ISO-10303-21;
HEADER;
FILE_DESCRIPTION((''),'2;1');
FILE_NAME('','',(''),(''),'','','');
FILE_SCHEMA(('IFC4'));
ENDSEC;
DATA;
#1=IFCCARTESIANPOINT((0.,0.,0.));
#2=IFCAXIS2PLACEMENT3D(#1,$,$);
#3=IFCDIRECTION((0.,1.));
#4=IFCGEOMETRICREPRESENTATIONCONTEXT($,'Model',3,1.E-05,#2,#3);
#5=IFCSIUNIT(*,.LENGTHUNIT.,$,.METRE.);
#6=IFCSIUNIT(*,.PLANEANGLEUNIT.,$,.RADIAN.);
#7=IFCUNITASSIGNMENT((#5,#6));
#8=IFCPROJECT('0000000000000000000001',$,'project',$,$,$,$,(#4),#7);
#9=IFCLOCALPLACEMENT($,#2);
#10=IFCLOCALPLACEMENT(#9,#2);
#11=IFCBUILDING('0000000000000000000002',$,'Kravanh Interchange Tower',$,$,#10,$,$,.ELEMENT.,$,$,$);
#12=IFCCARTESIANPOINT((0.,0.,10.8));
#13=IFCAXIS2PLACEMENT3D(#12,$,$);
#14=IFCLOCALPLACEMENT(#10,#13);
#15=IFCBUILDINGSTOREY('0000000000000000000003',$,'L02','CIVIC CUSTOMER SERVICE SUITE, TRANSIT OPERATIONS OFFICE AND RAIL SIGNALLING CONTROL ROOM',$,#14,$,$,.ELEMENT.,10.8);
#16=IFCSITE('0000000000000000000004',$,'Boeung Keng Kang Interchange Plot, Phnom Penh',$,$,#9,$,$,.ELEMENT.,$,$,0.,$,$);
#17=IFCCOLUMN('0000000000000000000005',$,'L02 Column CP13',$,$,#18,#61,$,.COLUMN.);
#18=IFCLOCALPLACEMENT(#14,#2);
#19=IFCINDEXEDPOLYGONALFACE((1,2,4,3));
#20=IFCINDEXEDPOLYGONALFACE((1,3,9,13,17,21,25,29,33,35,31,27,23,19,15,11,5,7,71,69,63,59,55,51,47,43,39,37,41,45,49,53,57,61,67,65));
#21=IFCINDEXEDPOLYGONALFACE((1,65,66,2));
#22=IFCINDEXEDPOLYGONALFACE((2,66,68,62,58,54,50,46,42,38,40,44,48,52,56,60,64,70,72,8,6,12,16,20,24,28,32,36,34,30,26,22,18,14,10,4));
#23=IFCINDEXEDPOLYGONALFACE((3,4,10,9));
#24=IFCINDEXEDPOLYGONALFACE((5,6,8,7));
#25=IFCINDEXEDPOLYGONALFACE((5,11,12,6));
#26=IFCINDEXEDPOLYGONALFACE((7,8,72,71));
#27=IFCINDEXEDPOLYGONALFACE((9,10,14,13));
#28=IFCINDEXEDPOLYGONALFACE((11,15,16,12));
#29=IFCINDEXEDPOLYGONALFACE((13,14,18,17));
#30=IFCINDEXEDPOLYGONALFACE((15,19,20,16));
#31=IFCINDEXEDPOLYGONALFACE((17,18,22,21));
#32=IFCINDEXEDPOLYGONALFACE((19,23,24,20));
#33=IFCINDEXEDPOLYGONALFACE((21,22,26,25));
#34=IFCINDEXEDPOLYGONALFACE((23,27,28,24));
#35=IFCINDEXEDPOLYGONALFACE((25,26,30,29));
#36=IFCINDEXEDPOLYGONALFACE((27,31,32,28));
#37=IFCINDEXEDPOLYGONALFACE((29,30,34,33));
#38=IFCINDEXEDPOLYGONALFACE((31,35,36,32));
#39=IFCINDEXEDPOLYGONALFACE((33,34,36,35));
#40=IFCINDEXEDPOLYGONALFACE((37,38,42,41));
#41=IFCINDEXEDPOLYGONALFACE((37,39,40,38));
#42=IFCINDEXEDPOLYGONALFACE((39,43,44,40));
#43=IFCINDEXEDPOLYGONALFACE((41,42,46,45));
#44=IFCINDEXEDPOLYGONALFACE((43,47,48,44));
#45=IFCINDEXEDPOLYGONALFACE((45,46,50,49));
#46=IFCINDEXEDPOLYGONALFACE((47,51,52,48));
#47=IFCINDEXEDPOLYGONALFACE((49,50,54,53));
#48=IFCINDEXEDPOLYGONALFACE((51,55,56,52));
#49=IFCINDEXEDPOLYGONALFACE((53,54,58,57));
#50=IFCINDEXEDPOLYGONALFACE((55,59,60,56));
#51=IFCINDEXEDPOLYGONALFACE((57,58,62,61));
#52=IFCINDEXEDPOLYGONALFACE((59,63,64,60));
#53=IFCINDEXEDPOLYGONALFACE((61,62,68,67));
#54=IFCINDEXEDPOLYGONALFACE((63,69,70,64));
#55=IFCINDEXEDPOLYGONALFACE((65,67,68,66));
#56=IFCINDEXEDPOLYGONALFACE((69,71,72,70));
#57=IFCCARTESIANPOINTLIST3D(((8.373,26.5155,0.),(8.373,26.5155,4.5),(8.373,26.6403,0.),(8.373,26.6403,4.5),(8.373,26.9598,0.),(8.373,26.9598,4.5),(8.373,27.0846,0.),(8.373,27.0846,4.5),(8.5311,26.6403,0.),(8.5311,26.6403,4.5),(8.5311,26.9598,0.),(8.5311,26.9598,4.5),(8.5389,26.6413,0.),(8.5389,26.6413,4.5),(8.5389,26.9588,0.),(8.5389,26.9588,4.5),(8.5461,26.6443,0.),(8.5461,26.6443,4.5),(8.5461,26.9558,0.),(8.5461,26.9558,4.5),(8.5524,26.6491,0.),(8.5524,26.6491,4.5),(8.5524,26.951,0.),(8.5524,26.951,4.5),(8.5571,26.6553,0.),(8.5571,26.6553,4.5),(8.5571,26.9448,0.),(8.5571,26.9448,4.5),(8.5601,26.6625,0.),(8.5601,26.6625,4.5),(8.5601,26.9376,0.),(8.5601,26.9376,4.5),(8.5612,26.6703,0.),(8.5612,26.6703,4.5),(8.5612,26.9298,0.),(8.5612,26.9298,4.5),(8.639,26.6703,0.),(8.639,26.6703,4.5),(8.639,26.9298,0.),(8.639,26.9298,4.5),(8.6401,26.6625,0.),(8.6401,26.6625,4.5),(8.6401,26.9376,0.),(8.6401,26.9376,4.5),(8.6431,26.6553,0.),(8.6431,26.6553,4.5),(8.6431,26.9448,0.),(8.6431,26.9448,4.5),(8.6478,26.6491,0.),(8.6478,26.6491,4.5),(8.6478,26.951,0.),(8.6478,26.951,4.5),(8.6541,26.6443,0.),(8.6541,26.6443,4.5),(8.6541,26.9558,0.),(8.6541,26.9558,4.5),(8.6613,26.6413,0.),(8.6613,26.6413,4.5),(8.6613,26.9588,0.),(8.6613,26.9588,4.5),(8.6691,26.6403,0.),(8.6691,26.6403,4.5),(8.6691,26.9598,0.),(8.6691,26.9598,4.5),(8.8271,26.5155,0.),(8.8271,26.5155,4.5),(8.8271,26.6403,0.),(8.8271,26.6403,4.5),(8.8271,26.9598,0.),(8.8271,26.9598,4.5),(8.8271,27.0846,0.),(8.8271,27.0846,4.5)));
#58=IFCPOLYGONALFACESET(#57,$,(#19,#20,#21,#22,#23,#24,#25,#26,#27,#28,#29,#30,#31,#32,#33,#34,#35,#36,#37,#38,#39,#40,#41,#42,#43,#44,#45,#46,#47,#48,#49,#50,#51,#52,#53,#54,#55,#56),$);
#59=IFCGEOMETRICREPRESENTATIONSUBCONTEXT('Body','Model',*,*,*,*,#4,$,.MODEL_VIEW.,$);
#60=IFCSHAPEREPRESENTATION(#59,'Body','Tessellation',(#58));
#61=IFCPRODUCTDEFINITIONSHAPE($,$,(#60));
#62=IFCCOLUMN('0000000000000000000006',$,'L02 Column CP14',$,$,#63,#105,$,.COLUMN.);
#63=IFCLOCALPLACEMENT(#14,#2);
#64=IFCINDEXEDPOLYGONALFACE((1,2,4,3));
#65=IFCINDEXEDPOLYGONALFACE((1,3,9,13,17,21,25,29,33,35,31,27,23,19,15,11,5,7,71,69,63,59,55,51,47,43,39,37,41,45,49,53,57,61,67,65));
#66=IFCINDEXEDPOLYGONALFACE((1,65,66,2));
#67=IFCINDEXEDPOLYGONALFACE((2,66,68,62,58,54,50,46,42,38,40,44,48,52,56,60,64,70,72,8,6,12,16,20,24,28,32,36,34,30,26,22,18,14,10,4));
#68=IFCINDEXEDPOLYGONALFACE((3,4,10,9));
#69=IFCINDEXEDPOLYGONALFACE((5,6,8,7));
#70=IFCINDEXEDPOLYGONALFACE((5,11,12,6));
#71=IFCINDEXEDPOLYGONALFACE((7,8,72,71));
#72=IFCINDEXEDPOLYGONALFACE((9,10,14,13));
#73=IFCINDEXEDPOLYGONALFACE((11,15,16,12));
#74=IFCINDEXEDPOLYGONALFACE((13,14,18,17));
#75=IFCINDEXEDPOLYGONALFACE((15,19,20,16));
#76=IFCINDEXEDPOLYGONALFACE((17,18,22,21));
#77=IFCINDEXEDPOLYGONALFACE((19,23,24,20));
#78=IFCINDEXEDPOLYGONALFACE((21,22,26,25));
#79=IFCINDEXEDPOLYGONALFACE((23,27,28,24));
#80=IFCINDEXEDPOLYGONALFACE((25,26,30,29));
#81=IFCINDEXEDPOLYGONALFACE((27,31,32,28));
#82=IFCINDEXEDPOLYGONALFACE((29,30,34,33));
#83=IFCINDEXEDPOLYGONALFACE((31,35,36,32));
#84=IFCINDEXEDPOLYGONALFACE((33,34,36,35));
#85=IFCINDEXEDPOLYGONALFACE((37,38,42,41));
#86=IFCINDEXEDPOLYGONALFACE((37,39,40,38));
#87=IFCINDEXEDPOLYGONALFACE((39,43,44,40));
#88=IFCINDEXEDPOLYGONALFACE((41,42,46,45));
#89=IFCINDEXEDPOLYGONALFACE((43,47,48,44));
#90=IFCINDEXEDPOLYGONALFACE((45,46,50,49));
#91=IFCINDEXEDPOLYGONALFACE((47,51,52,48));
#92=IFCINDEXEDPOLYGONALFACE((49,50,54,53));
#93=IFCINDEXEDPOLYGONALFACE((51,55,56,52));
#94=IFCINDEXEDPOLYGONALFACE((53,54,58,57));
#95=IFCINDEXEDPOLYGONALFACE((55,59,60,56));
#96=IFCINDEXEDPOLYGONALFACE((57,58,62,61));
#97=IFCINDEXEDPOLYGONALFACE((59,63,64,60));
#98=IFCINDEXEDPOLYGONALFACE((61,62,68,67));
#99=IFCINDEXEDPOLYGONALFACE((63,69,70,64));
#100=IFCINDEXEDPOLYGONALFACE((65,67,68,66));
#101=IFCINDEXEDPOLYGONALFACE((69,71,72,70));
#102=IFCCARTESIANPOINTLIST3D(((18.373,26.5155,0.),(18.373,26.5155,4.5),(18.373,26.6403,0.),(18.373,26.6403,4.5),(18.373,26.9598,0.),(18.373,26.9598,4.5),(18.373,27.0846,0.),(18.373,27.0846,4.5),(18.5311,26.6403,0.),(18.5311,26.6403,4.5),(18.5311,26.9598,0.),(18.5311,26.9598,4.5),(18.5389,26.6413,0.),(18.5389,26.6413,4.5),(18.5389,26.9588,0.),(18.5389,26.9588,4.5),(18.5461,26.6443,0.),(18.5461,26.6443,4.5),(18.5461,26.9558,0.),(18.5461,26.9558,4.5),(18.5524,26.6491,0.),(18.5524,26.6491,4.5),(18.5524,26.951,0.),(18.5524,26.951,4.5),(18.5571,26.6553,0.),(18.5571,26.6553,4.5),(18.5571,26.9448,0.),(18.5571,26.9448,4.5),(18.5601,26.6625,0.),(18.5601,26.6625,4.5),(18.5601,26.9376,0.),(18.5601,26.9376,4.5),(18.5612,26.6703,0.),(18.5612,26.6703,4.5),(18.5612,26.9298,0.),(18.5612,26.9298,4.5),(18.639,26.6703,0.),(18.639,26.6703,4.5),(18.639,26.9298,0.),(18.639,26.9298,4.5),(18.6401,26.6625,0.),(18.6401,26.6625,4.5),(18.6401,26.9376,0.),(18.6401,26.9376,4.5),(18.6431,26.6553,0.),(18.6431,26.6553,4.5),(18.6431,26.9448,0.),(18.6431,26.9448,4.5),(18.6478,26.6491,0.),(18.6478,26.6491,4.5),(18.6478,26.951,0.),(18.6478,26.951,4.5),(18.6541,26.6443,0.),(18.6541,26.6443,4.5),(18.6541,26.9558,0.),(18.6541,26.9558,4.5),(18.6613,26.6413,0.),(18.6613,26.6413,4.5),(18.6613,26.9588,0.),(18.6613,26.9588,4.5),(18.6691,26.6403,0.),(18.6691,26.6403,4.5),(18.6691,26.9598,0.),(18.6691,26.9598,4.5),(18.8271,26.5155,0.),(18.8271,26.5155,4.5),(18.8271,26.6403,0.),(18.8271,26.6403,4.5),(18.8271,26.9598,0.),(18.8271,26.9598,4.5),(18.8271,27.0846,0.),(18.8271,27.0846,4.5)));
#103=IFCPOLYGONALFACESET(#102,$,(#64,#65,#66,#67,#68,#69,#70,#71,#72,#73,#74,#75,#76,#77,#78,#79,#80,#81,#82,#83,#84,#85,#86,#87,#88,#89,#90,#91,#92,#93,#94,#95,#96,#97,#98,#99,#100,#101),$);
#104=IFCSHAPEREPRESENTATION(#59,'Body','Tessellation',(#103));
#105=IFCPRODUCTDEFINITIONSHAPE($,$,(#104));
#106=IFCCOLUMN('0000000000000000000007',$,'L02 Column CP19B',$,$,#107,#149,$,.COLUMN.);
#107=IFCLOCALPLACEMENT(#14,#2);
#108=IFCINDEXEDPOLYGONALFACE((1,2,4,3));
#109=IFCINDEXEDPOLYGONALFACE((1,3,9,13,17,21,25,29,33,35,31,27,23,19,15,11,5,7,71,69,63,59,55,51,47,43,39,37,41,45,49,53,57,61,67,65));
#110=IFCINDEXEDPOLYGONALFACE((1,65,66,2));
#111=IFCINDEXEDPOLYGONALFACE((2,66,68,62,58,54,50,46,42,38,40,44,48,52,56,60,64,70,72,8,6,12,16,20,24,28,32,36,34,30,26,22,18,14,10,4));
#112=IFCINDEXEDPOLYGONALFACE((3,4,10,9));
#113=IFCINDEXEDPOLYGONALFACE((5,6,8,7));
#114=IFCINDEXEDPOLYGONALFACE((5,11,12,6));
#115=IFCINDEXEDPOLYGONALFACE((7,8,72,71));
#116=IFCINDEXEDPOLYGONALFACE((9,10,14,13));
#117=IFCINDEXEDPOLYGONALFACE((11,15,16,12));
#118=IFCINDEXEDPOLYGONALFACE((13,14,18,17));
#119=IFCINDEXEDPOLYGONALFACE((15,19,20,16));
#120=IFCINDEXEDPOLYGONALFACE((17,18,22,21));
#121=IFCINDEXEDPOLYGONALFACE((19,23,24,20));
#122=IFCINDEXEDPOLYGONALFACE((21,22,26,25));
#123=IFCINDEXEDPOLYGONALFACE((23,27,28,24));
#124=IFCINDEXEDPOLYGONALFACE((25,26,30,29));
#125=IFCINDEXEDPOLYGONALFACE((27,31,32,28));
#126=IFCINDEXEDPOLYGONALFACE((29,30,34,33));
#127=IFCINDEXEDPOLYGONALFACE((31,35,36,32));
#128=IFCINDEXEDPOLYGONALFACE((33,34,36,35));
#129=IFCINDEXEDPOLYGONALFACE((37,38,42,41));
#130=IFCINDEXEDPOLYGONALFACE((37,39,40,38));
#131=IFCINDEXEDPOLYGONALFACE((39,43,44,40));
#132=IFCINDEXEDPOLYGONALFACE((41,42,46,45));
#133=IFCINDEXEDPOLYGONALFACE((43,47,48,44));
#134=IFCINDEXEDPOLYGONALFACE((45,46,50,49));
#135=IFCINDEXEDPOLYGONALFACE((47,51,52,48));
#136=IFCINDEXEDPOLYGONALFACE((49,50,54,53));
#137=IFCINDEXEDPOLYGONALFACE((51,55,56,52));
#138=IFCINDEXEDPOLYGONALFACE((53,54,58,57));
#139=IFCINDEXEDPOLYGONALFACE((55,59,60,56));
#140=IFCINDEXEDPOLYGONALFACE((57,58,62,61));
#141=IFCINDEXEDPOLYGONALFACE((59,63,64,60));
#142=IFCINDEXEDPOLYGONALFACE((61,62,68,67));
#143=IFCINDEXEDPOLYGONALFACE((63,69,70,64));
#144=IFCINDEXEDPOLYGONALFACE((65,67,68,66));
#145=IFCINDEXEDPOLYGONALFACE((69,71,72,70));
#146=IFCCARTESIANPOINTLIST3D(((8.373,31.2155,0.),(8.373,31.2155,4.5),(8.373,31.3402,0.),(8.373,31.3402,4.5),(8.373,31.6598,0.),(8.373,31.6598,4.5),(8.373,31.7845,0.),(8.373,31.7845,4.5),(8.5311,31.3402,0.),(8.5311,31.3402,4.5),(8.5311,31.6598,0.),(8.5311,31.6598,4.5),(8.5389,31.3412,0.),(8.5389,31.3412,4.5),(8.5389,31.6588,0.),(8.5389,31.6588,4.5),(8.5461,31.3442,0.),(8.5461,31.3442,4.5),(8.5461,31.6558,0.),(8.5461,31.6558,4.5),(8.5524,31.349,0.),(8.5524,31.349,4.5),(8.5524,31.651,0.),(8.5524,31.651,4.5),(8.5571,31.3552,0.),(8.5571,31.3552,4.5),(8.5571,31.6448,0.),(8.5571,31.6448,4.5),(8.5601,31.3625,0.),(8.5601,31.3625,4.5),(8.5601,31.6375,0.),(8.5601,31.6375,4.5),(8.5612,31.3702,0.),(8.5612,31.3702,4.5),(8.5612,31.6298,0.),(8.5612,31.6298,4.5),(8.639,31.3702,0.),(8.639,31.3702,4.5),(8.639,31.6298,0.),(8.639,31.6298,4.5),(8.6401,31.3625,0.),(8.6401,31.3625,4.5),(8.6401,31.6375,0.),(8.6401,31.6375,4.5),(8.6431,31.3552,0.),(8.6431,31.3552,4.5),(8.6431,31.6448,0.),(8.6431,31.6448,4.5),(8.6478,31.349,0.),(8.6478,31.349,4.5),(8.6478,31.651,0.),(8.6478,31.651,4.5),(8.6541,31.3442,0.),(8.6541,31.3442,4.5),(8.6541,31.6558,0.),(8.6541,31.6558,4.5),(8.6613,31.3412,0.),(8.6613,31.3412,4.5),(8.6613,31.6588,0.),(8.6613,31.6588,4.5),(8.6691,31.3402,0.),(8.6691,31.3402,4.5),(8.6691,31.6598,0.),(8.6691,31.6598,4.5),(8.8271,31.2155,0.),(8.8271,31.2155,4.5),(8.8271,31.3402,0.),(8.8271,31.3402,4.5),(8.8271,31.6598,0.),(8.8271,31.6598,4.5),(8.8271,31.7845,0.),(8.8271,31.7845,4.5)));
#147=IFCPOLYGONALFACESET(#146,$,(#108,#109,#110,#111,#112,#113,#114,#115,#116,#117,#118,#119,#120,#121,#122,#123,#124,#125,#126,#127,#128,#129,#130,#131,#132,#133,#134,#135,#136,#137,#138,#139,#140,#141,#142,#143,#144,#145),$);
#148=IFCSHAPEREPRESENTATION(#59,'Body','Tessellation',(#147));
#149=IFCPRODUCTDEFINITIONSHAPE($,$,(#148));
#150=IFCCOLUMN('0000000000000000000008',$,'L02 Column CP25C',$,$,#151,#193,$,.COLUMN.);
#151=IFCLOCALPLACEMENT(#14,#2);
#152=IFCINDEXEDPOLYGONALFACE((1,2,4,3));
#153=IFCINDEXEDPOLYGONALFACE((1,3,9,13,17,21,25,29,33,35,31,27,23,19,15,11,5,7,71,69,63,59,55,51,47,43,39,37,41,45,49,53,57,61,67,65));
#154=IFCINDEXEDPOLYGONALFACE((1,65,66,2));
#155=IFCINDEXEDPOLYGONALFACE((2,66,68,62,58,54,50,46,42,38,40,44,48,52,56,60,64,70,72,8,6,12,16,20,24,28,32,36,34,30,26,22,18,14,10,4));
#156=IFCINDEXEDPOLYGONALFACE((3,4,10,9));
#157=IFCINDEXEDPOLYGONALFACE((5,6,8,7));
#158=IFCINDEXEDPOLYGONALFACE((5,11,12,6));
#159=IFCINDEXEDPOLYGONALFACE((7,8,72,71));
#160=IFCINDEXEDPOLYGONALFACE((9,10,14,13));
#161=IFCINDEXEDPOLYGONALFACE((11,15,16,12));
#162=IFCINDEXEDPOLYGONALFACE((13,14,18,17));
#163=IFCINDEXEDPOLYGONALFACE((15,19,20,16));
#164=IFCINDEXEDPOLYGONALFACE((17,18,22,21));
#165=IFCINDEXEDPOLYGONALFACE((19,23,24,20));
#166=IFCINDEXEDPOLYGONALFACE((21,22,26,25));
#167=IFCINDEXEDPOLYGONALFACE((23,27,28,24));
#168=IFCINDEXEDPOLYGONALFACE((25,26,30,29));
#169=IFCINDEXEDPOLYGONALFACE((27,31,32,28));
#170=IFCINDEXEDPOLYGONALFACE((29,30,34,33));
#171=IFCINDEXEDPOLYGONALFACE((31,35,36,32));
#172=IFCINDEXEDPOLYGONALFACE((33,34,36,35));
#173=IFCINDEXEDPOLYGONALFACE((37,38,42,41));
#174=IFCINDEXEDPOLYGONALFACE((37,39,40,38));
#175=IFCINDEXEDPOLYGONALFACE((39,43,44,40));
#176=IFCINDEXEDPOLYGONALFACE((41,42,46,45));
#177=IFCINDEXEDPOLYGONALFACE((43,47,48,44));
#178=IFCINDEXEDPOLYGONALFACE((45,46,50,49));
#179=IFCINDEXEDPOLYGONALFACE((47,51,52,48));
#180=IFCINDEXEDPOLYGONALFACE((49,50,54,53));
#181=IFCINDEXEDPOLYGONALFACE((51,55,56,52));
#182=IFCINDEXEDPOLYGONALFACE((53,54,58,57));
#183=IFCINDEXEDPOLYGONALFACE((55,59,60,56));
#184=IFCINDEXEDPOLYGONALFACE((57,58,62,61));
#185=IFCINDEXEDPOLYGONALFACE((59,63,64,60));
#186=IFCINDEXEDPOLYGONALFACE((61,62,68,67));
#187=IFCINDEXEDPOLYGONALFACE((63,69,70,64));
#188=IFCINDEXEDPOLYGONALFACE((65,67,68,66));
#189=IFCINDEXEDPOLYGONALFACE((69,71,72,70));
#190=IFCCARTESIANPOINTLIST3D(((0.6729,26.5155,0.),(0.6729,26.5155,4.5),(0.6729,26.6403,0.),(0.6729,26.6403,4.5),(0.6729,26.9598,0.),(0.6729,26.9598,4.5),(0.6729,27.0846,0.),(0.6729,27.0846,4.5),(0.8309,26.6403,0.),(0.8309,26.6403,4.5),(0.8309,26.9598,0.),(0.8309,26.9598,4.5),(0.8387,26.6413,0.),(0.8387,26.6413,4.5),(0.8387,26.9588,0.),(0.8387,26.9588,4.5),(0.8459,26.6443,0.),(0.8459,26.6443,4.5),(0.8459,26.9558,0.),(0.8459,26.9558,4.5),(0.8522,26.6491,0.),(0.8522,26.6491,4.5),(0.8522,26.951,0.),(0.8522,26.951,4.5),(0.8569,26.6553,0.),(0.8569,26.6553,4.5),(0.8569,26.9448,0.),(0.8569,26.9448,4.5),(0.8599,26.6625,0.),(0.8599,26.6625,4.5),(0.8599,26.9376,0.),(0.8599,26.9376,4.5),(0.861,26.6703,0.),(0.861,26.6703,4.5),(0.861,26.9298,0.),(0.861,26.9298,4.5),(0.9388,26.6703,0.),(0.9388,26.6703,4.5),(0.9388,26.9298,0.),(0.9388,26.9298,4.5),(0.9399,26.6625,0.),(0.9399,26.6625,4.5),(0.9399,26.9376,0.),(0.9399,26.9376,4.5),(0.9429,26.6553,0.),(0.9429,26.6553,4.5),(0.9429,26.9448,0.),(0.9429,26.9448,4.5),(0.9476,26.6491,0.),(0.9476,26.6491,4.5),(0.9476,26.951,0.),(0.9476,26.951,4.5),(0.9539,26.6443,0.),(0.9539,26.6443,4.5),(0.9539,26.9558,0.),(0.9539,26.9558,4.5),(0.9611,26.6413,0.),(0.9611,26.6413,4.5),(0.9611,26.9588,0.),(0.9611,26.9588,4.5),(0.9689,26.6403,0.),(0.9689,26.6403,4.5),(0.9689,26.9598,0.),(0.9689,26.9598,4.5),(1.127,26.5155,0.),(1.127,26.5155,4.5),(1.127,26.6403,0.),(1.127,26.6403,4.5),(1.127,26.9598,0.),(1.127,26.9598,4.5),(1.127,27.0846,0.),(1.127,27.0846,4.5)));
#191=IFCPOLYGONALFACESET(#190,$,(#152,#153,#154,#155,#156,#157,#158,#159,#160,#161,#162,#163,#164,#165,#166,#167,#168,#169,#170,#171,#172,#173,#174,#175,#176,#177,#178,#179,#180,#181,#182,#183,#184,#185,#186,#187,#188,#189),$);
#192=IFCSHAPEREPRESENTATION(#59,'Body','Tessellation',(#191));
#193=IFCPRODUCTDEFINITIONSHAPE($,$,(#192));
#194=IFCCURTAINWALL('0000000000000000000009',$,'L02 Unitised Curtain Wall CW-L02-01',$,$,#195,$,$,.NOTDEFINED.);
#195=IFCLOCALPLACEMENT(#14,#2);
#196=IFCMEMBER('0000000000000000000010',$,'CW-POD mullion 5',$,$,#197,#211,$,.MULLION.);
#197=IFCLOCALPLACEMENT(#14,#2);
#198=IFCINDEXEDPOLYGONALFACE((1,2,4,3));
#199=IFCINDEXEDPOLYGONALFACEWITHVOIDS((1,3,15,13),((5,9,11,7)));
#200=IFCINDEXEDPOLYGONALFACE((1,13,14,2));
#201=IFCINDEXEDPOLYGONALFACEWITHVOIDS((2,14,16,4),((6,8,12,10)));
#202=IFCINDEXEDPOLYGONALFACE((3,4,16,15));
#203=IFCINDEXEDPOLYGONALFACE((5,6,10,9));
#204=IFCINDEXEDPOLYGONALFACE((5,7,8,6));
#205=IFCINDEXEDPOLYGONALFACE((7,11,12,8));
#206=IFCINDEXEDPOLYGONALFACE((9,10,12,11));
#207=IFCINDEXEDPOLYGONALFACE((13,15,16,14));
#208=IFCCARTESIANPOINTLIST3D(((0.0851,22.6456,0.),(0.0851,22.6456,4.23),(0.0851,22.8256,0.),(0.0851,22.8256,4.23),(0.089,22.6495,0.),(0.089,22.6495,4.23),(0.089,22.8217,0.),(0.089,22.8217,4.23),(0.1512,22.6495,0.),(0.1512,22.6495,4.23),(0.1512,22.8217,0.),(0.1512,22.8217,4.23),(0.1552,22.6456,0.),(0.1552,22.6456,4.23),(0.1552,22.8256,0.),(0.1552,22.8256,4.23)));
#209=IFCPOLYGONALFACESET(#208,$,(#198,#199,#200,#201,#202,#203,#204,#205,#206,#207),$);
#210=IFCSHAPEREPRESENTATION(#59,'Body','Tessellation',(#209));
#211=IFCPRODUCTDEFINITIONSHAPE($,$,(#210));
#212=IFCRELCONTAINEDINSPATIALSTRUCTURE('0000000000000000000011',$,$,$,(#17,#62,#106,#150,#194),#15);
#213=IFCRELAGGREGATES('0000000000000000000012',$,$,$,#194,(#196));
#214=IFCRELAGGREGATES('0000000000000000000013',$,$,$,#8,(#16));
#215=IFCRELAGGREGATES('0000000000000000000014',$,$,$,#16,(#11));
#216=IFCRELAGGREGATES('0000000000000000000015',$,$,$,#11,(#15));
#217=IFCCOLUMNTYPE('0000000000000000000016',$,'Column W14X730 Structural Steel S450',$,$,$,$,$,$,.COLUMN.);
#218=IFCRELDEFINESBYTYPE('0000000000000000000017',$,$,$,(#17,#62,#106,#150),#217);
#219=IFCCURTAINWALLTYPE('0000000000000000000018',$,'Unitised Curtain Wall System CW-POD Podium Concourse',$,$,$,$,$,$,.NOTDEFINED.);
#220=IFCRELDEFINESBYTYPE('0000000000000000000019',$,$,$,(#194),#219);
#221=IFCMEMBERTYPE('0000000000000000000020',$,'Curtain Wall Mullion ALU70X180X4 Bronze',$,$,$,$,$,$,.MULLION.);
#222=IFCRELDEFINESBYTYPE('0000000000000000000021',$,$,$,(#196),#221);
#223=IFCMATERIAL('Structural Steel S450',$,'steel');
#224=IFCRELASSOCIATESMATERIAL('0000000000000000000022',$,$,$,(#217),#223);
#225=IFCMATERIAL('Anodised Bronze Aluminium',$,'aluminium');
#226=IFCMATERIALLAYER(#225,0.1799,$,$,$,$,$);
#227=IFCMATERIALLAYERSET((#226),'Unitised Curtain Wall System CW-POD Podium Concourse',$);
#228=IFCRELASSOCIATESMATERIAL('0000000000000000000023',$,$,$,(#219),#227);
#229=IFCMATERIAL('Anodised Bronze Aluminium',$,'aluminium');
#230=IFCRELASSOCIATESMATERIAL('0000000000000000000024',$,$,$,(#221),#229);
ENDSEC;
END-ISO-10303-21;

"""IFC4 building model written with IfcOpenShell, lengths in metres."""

from ifc_helpers import new_model, si_unit, direction, frame, origin, origin_2d, place, context, subcontext, project, spatial, hollow_rectangle, i_section, extrude, material, layer, layer_set, material_profile, profile_set, type_object, element, aggregate, save


model = new_model("IFC4")

# Units and contexts
model_context = context("Model", 3, precision=1e-05, world=origin(), true_north=direction((0.0, 1.0)))
body_context = subcontext(model_context, "Body", "Model", "MODEL_VIEW")
ifc_project = project(units=[si_unit("LENGTHUNIT", "METRE"), si_unit("PLANEANGLEUNIT", "RADIAN")], contexts=[model_context])

# Site, building, storey
site_placement = place(None, origin())
site = spatial("IfcSite", under=ifc_project, at=site_placement, Name="Boeung Keng Kang Interchange Plot, Phnom Penh", CompositionType="ELEMENT", RefElevation=0.0)
building_placement = place(site_placement, origin())
building = spatial("IfcBuilding", under=site, at=building_placement, Name="Kravanh Interchange Tower", CompositionType="ELEMENT")
storey_placement = place(building_placement, frame((0.0, 0.0, 10.8)))
storey = spatial("IfcBuildingStorey", under=building, at=storey_placement, Name="L02", Description="CIVIC CUSTOMER SERVICE SUITE, TRANSIT OPERATIONS OFFICE AND RAIL SIGNALLING CONTROL ROOM", CompositionType="ELEMENT", Elevation=10.8)

# Columns
ifc_material_1 = material(Name="Structural Steel S450", Category="steel")
ifc_material_profile_1 = material_profile(ifc_material_1, i_section(OverallWidth=0.4541, OverallDepth=0.5691, WebThickness=0.0779, FlangeThickness=0.1248, FilletRadius=0.03, at=origin_2d()), Name="W14X730")
ifc_profile_set_1 = profile_set([ifc_material_profile_1], Name="Structural Steel S450")
column_type = type_object("IfcColumnType", Name="Column W14X730 Structural Steel S450", PredefinedType="COLUMN", material=ifc_profile_set_1)
for number, where, z_axis, x_axis, name in (
    (1, (8.6001, 26.8, 0.0), (0.0, 0.0, 1.0), (1.0, 0.0, 0.0), "L02 Column CP13"),
    (2, (18.6001, 26.8, 0.0), (0.0, 0.0, 1.0), (1.0, 0.0, 0.0), "L02 Column CP14"),
    (3, (8.6001, 31.5, 0.0), (0.0, 0.0, 1.0), (1.0, 0.0, 0.0), "L02 Column CP19B"),
    (4, (0.8999, 26.8, 0.0), (0.0, 0.0, 1.0), (1.0, 0.0, 0.0), "L02 Column CP25C"),
):
    element("IfcColumn", number, at=place(storey_placement, frame(where, z_axis=z_axis, x_axis=x_axis)), inside=storey, type_object=column_type, Name=name, PredefinedType="COLUMN", context=body_context, shape_type="SweptSolid", body=[
        extrude(i_section(OverallWidth=0.4541, OverallDepth=0.5691, WebThickness=0.0779, FlangeThickness=0.1248, FilletRadius=0.03, at=origin_2d()), origin(), (0.0, 0.0, 1.0), 4.5),
    ])

# Curtain wall, member
ifc_material_2 = material(Name="Anodised Bronze Aluminium", Category="aluminium")
ifc_layer_1 = layer(ifc_material_2, 0.1799)
ifc_layer_set_1 = layer_set([ifc_layer_1], Name="Unitised Curtain Wall System CW-POD Podium Concourse")
curtain_wall_type = type_object("IfcCurtainWallType", Name="Unitised Curtain Wall System CW-POD Podium Concourse", PredefinedType="NOTDEFINED", material=ifc_layer_set_1)
curtain_wall_placement = place(storey_placement, origin())
curtain_wall = element("IfcCurtainWall", 5, at=curtain_wall_placement, inside=storey, type_object=curtain_wall_type, Name="L02 Unitised Curtain Wall CW-L02-01", PredefinedType="NOTDEFINED")
ifc_material_3 = material(Name="Anodised Bronze Aluminium", Category="aluminium")
ifc_material_profile_2 = material_profile(ifc_material_3, hollow_rectangle(XDim=0.0701, YDim=0.1799, WallThickness=0.0039, at=origin_2d()), Name="ALU70X180X4")
ifc_profile_set_2 = profile_set([ifc_material_profile_2], Name="Anodised Bronze Aluminium")
member_type_1 = type_object("IfcMemberType", Name="Curtain Wall Mullion ALU70X180X4 Bronze", PredefinedType="MULLION", material=ifc_profile_set_2)
member_1_placement = place(storey_placement, frame((0.1201, 22.7356, 0.0), z_axis=(0.0, 0.0, 1.0), x_axis=(-1.0, 0.0, 0.0)))
member_1 = element("IfcMember", 6, at=member_1_placement, type_object=member_type_1, Name="CW-POD mullion 5", PredefinedType="MULLION", context=body_context, shape_type="SweptSolid", body=[
    extrude(hollow_rectangle(XDim=0.0701, YDim=0.1799, WallThickness=0.0039, at=origin_2d()), origin(), (0.0, 0.0, 1.0), 4.23),
])

aggregate(curtain_wall, [member_1])

save(model, "model.ifc")
